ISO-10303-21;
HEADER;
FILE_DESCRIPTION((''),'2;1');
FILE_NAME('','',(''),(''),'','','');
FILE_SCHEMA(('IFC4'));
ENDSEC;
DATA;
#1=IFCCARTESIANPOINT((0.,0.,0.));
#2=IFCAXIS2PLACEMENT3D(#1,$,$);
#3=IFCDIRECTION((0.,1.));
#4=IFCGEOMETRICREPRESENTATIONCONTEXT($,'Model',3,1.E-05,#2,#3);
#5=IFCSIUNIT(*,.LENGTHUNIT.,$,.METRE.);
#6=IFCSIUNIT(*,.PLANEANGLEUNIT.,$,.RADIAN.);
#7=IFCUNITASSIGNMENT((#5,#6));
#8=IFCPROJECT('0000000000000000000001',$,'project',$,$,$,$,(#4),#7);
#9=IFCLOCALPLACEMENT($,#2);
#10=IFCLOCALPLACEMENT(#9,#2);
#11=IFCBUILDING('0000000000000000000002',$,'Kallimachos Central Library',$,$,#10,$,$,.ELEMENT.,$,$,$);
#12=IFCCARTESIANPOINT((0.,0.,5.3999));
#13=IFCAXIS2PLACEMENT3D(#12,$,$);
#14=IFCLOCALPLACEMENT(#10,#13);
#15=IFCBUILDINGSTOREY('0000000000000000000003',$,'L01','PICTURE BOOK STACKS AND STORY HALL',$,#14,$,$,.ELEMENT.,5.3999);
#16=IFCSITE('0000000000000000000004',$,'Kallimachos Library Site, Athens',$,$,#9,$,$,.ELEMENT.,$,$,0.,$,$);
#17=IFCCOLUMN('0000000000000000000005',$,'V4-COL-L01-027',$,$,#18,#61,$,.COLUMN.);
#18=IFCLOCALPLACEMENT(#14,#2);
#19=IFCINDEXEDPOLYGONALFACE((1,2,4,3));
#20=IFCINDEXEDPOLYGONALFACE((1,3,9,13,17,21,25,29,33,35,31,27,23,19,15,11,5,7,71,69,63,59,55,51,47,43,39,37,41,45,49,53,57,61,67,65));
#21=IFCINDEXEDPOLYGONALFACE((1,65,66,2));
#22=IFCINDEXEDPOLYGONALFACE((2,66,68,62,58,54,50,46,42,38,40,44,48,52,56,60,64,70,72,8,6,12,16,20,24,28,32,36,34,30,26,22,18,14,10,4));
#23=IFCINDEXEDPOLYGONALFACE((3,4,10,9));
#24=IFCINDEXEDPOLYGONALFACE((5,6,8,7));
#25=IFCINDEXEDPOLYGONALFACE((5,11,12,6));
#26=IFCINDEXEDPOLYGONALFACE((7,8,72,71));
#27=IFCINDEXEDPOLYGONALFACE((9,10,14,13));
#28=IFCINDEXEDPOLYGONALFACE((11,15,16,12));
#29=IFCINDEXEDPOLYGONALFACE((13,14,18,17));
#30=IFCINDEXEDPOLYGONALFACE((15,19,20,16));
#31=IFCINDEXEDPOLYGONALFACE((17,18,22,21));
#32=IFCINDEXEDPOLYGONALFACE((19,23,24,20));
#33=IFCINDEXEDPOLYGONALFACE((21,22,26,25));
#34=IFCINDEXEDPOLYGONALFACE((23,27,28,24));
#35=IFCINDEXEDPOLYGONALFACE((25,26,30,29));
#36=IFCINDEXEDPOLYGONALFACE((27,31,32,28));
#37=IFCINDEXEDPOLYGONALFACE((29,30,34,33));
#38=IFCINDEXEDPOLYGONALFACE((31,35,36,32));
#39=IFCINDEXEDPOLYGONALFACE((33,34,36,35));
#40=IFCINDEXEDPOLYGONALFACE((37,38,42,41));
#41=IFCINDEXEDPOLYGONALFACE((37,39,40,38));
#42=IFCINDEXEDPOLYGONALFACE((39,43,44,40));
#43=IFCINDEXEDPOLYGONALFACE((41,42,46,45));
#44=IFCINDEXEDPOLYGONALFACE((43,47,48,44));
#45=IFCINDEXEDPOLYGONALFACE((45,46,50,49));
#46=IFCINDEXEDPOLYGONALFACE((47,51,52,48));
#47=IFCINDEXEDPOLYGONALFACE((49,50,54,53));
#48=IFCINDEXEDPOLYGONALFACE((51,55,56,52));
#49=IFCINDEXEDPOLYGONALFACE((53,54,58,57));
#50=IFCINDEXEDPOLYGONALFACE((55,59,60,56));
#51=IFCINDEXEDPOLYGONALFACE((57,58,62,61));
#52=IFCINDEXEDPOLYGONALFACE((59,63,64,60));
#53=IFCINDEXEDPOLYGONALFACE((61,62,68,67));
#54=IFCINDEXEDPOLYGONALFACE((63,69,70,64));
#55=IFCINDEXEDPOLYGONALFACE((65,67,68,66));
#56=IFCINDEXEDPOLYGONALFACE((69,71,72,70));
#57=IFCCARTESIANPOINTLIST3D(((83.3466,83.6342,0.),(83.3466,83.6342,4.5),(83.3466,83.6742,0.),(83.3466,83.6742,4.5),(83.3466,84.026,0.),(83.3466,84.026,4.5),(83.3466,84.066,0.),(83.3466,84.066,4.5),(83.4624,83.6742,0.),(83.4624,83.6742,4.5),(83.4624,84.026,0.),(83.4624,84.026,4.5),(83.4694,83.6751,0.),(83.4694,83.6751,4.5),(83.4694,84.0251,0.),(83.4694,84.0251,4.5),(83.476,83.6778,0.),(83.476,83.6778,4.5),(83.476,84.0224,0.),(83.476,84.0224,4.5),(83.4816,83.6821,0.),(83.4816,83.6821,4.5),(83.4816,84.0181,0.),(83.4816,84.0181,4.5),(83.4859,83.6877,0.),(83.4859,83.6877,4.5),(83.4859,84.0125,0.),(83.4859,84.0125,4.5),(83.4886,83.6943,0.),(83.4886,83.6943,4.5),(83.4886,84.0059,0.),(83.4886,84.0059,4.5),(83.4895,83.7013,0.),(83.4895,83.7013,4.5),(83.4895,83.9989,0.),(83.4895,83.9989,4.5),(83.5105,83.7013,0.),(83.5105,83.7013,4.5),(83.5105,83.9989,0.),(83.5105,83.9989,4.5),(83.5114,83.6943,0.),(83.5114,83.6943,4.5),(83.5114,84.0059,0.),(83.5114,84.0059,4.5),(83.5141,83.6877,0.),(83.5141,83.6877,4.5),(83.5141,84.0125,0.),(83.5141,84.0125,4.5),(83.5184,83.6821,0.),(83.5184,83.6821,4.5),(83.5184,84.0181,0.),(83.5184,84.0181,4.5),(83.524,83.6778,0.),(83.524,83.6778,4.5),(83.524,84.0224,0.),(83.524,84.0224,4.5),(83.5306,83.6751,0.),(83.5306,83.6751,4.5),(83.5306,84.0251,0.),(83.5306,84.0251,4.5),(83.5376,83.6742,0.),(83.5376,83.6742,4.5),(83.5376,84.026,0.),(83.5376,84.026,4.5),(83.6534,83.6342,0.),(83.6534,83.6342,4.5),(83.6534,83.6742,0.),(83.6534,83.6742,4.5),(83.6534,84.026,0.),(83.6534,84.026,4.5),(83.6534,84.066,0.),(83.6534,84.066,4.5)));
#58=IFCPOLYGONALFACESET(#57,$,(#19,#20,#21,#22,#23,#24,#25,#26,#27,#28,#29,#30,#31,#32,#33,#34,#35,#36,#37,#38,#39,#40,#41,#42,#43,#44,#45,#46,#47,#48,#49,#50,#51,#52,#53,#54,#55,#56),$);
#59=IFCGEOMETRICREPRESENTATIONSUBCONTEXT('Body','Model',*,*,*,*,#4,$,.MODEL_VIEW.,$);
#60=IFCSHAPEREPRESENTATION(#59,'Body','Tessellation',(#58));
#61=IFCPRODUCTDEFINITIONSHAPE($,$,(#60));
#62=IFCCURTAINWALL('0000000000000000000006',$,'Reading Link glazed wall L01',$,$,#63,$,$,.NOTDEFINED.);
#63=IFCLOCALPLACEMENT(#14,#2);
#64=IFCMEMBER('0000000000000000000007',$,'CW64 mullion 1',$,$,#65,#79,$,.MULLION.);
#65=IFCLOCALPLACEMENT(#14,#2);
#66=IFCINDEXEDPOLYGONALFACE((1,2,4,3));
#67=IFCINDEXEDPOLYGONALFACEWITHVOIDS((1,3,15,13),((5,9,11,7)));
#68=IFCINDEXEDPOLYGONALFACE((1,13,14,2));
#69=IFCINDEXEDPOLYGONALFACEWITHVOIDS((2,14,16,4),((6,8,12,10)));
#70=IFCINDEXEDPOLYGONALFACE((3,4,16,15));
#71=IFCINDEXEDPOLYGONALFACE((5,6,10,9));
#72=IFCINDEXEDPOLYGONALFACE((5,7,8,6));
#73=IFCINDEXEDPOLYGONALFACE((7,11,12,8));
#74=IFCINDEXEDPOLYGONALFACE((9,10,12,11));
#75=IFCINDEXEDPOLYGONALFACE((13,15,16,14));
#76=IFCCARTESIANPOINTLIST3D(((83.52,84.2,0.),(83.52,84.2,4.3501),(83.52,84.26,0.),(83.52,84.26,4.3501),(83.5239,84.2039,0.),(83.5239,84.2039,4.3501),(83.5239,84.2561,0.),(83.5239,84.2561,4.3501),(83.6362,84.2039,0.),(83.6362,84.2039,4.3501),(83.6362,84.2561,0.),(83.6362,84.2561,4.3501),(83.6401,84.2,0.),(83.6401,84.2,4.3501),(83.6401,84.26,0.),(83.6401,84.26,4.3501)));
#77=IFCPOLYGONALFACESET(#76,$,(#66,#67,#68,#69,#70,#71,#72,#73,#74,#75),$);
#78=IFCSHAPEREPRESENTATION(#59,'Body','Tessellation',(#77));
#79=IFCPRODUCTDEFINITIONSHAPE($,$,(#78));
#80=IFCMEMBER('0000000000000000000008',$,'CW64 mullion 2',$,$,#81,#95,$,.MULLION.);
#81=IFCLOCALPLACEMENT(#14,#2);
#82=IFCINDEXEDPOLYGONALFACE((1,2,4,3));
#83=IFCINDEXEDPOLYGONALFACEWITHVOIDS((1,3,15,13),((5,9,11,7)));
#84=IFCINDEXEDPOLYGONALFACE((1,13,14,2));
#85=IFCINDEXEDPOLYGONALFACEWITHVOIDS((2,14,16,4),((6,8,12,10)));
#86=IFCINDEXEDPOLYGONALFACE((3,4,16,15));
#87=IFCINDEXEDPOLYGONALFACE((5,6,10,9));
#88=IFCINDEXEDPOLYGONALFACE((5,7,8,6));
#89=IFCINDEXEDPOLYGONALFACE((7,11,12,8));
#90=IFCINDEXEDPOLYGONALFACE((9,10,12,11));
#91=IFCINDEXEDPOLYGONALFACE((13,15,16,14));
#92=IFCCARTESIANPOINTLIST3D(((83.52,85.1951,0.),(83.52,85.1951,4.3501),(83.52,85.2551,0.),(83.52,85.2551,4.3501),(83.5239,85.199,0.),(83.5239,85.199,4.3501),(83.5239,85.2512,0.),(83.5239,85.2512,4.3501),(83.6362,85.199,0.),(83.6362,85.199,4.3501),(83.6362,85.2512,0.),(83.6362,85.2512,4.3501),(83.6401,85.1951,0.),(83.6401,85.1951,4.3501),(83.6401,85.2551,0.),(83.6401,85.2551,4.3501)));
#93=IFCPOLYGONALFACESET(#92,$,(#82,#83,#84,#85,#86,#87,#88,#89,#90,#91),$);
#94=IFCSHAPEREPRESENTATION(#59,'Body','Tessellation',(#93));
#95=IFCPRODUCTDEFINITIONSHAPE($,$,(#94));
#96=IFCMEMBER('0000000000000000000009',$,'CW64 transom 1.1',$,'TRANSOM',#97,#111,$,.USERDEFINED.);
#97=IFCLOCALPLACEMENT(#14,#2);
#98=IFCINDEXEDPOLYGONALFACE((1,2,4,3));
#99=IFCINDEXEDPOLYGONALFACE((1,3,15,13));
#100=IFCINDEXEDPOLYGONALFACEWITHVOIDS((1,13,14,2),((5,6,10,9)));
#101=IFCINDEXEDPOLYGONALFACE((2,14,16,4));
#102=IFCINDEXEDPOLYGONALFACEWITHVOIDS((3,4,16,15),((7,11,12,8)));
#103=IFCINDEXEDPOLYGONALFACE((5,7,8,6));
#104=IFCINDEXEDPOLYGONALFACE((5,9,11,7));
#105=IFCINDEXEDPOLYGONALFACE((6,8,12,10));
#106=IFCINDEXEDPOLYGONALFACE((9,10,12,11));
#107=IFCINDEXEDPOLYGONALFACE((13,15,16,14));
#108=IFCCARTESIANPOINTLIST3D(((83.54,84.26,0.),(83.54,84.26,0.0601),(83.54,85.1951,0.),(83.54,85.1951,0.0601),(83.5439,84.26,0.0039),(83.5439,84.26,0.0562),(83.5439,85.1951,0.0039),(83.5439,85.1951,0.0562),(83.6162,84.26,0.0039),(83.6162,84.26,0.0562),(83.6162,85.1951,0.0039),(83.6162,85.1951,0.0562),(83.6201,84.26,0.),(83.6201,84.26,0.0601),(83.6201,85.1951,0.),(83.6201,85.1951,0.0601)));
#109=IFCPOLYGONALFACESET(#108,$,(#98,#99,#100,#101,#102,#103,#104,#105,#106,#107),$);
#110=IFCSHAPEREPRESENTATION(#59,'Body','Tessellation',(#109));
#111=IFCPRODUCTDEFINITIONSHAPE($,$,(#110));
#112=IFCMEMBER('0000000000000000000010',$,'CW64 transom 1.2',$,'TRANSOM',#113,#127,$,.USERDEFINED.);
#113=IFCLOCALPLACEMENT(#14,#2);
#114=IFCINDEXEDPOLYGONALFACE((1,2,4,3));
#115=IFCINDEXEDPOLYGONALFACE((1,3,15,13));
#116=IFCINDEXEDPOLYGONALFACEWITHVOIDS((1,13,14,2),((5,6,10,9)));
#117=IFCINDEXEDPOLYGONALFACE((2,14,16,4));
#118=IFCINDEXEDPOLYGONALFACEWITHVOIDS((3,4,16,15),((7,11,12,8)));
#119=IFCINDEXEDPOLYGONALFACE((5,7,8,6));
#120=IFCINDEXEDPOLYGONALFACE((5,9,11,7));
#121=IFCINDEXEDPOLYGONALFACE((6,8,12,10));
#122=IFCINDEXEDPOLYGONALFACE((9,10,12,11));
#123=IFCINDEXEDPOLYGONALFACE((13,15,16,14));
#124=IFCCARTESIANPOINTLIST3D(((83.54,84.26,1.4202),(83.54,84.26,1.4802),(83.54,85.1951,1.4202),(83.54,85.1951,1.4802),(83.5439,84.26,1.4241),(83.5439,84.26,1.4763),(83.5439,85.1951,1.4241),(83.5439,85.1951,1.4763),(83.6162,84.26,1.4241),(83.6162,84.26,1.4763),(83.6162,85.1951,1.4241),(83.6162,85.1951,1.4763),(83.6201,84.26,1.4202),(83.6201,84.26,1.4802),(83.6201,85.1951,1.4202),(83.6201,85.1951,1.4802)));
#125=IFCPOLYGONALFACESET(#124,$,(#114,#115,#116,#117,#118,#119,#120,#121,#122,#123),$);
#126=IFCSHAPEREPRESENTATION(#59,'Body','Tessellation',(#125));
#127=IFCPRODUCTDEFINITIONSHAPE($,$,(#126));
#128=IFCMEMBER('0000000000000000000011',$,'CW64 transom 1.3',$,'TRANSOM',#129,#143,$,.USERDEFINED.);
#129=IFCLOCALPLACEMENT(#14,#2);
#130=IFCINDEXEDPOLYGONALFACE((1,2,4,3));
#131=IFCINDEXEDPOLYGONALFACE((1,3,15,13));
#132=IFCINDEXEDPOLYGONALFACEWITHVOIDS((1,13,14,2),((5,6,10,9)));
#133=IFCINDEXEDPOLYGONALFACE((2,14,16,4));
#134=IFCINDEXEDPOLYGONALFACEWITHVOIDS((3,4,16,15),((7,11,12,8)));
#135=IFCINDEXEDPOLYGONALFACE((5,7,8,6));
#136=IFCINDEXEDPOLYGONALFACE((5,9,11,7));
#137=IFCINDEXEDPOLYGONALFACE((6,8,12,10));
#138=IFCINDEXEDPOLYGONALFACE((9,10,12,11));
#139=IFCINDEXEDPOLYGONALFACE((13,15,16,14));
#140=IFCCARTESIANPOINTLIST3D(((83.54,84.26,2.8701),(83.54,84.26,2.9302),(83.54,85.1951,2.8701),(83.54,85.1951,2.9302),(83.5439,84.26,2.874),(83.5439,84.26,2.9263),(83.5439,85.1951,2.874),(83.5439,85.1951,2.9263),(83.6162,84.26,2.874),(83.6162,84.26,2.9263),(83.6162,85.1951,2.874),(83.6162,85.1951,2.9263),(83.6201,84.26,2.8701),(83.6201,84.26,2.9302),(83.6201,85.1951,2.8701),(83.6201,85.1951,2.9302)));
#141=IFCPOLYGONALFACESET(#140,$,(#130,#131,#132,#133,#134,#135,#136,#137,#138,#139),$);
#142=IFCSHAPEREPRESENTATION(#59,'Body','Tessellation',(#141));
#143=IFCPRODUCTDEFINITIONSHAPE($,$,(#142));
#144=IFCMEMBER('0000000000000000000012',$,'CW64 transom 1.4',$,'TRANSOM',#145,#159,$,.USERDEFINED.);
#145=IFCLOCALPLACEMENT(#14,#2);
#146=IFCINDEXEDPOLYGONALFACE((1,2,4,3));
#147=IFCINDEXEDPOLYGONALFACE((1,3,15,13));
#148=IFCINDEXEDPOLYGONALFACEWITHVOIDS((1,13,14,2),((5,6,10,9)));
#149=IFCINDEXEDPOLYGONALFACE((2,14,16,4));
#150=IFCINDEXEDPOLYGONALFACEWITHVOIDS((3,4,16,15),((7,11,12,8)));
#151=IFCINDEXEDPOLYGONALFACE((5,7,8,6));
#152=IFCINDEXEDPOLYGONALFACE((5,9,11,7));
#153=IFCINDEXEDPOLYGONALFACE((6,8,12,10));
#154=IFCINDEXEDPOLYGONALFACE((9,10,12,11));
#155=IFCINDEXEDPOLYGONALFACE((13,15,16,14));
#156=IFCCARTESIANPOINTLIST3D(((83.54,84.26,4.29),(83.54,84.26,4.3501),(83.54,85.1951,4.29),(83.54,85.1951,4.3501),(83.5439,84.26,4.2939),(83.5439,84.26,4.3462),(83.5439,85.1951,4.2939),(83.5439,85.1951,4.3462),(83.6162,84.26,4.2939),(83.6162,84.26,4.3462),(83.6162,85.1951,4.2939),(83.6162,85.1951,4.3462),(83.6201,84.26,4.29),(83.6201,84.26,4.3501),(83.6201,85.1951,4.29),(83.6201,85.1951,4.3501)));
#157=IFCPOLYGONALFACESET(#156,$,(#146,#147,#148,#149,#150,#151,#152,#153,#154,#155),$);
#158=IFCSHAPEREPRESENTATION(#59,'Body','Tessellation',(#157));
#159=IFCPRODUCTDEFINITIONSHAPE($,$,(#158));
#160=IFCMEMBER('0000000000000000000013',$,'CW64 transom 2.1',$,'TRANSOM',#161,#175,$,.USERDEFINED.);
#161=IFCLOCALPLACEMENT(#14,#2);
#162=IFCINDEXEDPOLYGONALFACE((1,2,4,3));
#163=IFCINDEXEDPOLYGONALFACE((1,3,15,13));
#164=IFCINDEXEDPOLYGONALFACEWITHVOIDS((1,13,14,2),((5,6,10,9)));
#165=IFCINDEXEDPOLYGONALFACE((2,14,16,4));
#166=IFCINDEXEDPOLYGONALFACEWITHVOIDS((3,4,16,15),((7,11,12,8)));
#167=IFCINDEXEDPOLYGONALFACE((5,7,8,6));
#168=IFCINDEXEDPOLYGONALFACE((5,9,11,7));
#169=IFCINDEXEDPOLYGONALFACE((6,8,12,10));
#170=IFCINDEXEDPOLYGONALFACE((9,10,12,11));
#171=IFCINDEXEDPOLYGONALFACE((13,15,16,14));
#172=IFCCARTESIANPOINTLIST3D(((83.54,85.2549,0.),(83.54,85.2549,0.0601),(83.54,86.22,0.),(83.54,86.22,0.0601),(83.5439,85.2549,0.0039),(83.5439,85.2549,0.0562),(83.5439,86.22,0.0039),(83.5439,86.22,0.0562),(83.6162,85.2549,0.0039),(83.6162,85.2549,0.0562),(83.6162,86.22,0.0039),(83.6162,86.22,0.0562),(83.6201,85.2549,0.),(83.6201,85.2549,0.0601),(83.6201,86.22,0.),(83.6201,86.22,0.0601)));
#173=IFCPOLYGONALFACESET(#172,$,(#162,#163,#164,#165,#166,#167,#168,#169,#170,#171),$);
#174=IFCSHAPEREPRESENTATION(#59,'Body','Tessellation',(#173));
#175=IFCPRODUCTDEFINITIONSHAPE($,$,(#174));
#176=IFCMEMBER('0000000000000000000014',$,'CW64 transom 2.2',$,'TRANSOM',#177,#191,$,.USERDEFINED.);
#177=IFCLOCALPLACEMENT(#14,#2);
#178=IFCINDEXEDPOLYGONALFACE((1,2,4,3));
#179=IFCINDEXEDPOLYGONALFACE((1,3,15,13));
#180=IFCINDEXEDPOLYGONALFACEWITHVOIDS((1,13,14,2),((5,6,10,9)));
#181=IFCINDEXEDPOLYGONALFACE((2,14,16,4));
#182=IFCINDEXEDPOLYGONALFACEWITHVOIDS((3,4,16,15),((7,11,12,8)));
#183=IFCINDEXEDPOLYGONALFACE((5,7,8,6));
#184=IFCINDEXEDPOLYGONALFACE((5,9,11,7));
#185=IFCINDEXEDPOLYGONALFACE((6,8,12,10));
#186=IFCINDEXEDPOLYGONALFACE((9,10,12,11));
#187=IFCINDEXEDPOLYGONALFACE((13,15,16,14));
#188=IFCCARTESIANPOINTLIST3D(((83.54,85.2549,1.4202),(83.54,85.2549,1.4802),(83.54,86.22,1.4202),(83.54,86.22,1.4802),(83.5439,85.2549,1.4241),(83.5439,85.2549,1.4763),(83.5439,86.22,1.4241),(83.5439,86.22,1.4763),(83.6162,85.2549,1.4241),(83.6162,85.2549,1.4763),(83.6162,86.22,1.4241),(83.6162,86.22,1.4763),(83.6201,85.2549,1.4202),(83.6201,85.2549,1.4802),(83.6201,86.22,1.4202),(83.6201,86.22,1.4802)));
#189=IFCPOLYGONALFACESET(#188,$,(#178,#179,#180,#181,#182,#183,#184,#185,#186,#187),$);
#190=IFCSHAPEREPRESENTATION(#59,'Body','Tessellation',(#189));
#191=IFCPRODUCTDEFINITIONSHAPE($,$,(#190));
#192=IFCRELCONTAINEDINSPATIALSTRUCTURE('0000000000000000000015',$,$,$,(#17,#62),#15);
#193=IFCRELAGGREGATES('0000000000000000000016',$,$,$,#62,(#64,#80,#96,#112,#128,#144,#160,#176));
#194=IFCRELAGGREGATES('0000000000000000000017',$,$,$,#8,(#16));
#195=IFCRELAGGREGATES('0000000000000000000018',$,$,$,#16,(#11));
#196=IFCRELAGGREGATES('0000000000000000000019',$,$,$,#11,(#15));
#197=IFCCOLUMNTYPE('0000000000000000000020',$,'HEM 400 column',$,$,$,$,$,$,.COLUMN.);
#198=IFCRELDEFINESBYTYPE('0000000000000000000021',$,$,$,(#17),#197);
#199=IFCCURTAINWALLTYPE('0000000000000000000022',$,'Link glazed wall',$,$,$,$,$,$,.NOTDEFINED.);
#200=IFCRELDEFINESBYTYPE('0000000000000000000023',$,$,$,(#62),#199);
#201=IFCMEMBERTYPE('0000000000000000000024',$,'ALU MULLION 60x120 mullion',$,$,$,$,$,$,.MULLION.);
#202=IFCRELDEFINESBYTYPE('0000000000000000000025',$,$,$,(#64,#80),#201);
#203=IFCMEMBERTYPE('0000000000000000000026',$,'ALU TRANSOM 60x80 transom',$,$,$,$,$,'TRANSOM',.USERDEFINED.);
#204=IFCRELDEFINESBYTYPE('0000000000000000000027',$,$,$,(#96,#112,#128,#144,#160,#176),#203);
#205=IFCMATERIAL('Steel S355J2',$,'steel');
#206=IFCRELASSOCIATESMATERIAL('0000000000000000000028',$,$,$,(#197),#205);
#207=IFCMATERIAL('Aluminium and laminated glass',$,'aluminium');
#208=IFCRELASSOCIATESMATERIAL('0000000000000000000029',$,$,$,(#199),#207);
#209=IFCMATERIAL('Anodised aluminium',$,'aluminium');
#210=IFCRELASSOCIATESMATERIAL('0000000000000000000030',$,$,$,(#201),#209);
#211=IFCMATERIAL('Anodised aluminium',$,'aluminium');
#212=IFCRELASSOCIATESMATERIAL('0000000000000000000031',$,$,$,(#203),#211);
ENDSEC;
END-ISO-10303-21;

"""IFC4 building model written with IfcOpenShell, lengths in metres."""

from ifc_helpers import new_model, si_unit, direction, frame, origin, origin_2d, place, context, subcontext, project, spatial, hollow_rectangle, i_section, extrude, material, material_profile, profile_set, type_object, element, aggregate, save


model = new_model("IFC4")

# Units and contexts
model_context = context("Model", 3, precision=1e-05, world=origin(), true_north=direction((0.0, 1.0)))
body_context = subcontext(model_context, "Body", "Model", "MODEL_VIEW")
ifc_project = project(units=[si_unit("LENGTHUNIT", "METRE"), si_unit("PLANEANGLEUNIT", "RADIAN")], contexts=[model_context])

# Site, building, storey
site_placement = place(None, origin())
site = spatial("IfcSite", under=ifc_project, at=site_placement, Name="Kallimachos Library Site, Athens", CompositionType="ELEMENT", RefElevation=0.0)
building_placement = place(site_placement, origin())
building = spatial("IfcBuilding", under=site, at=building_placement, Name="Kallimachos Central Library", CompositionType="ELEMENT")
storey_placement = place(building_placement, frame((0.0, 0.0, 5.3999)))
storey = spatial("IfcBuildingStorey", under=building, at=storey_placement, Name="L01", Description="PICTURE BOOK STACKS AND STORY HALL", CompositionType="ELEMENT", Elevation=5.3999)

# Column
ifc_material_1 = material(Name="Steel S355J2", Category="steel")
ifc_material_profile_1 = material_profile(ifc_material_1, i_section(OverallWidth=0.3069, OverallDepth=0.4319, WebThickness=0.021, FlangeThickness=0.04, FilletRadius=0.0271, at=origin_2d()), Name="HEM 400")
ifc_profile_set_1 = profile_set([ifc_material_profile_1], Name="Steel S355J2")
column_type = type_object("IfcColumnType", Name="HEM 400 column", PredefinedType="COLUMN", material=ifc_profile_set_1)
column_placement = place(storey_placement, frame((83.5, 83.8501, 0.0), z_axis=(0.0, 0.0, 1.0), x_axis=(1.0, 0.0, 0.0)))
element("IfcColumn", 1, at=column_placement, inside=storey, type_object=column_type, Name="V4-COL-L01-027", PredefinedType="COLUMN", context=body_context, shape_type="SweptSolid", body=[
    extrude(i_section(OverallWidth=0.3069, OverallDepth=0.4319, WebThickness=0.021, FlangeThickness=0.04, FilletRadius=0.0271, at=origin_2d()), origin(), (0.0, 0.0, 1.0), 4.5),
])

# Curtain wall, members
ifc_material_2 = material(Name="Aluminium and laminated glass", Category="aluminium")
curtain_wall_type_1 = type_object("IfcCurtainWallType", Name="Link glazed wall", PredefinedType="NOTDEFINED", material=ifc_material_2)
curtain_wall_1_placement = place(storey_placement, origin())
curtain_wall_1 = element("IfcCurtainWall", 2, at=curtain_wall_1_placement, inside=storey, type_object=curtain_wall_type_1, Name="Reading Link glazed wall L01", PredefinedType="NOTDEFINED")
ifc_material_3 = material(Name="Anodised aluminium", Category="aluminium")
ifc_material_profile_2 = material_profile(ifc_material_3, hollow_rectangle(XDim=0.0601, YDim=0.1201, WallThickness=0.0039, at=origin_2d()), Name="ALU MULLION 60x120")
ifc_profile_set_2 = profile_set([ifc_material_profile_2], Name="Anodised aluminium")
member_type_1 = type_object("IfcMemberType", Name="ALU MULLION 60x120 mullion", PredefinedType="MULLION", material=ifc_profile_set_2)
member_1_placement = place(storey_placement, frame((83.5801, 84.23, 0.0), z_axis=(0.0, 0.0, 1.0), x_axis=(0.0, 1.0, 0.0)))
member_1 = element("IfcMember", 3, at=member_1_placement, type_object=member_type_1, Name="CW64 mullion 1", PredefinedType="MULLION", context=body_context, shape_type="SweptSolid", body=[
    extrude(hollow_rectangle(XDim=0.0601, YDim=0.1201, WallThickness=0.0039, at=origin_2d()), origin(), (0.0, 0.0, 1.0), 4.3501),
])
member_2_placement = place(storey_placement, frame((83.5801, 85.2251, 0.0), z_axis=(0.0, 0.0, 1.0), x_axis=(0.0, 1.0, 0.0)))
member_2 = element("IfcMember", 4, at=member_2_placement, type_object=member_type_1, Name="CW64 mullion 2", PredefinedType="MULLION", context=body_context, shape_type="SweptSolid", body=[
    extrude(hollow_rectangle(XDim=0.0601, YDim=0.1201, WallThickness=0.0039, at=origin_2d()), origin(), (0.0, 0.0, 1.0), 4.3501),
])
ifc_material_4 = material(Name="Anodised aluminium", Category="aluminium")
ifc_material_profile_3 = material_profile(ifc_material_4, hollow_rectangle(XDim=0.0601, YDim=0.0801, WallThickness=0.0039, at=origin_2d()), Name="ALU TRANSOM 60x80")
ifc_profile_set_3 = profile_set([ifc_material_profile_3], Name="Anodised aluminium")
member_type_2 = type_object("IfcMemberType", Name="ALU TRANSOM 60x80 transom", ElementType="TRANSOM", PredefinedType="USERDEFINED", material=ifc_profile_set_3)
member_3_placement = place(storey_placement, frame((83.5801, 84.26, 0.03), z_axis=(0.0, 1.0, 0.0), x_axis=(0.0, 0.0, 1.0)))
member_3 = element("IfcMember", 5, at=member_3_placement, type_object=member_type_2, Name="CW64 transom 1.1", ObjectType="TRANSOM", PredefinedType="USERDEFINED", context=body_context, shape_type="SweptSolid", body=[
    extrude(hollow_rectangle(XDim=0.0601, YDim=0.0801, WallThickness=0.0039, at=origin_2d()), origin(), (0.0, 0.0, 1.0), 0.9351),
])
member_4_placement = place(storey_placement, frame((83.5801, 84.26, 1.4502), z_axis=(0.0, 1.0, 0.0), x_axis=(0.0, 0.0, 1.0)))
member_4 = element("IfcMember", 6, at=member_4_placement, type_object=member_type_2, Name="CW64 transom 1.2", ObjectType="TRANSOM", PredefinedType="USERDEFINED", context=body_context, shape_type="SweptSolid", body=[
    extrude(hollow_rectangle(XDim=0.0601, YDim=0.0801, WallThickness=0.0039, at=origin_2d()), origin(), (0.0, 0.0, 1.0), 0.9351),
])
member_5_placement = place(storey_placement, frame((83.5801, 84.26, 2.9001), z_axis=(0.0, 1.0, 0.0), x_axis=(0.0, 0.0, 1.0)))
member_5 = element("IfcMember", 7, at=member_5_placement, type_object=member_type_2, Name="CW64 transom 1.3", ObjectType="TRANSOM", PredefinedType="USERDEFINED", context=body_context, shape_type="SweptSolid", body=[
    extrude(hollow_rectangle(XDim=0.0601, YDim=0.0801, WallThickness=0.0039, at=origin_2d()), origin(), (0.0, 0.0, 1.0), 0.9351),
])
member_6_placement = place(storey_placement, frame((83.5801, 84.26, 4.3201), z_axis=(0.0, 1.0, 0.0), x_axis=(0.0, 0.0, 1.0)))
member_6 = element("IfcMember", 8, at=member_6_placement, type_object=member_type_2, Name="CW64 transom 1.4", ObjectType="TRANSOM", PredefinedType="USERDEFINED", context=body_context, shape_type="SweptSolid", body=[
    extrude(hollow_rectangle(XDim=0.0601, YDim=0.0801, WallThickness=0.0039, at=origin_2d()), origin(), (0.0, 0.0, 1.0), 0.9351),
])
member_7_placement = place(storey_placement, frame((83.5801, 85.2549, 0.03), z_axis=(0.0, 1.0, 0.0), x_axis=(0.0, 0.0, 1.0)))
member_7 = element("IfcMember", 9, at=member_7_placement, type_object=member_type_2, Name="CW64 transom 2.1", ObjectType="TRANSOM", PredefinedType="USERDEFINED", context=body_context, shape_type="SweptSolid", body=[
    extrude(hollow_rectangle(XDim=0.0601, YDim=0.0801, WallThickness=0.0039, at=origin_2d()), origin(), (0.0, 0.0, 1.0), 0.9651),
])
member_8_placement = place(storey_placement, frame((83.5801, 85.2549, 1.4502), z_axis=(0.0, 1.0, 0.0), x_axis=(0.0, 0.0, 1.0)))
member_8 = element("IfcMember", 10, at=member_8_placement, type_object=member_type_2, Name="CW64 transom 2.2", ObjectType="TRANSOM", PredefinedType="USERDEFINED", context=body_context, shape_type="SweptSolid", body=[
    extrude(hollow_rectangle(XDim=0.0601, YDim=0.0801, WallThickness=0.0039, at=origin_2d()), origin(), (0.0, 0.0, 1.0), 0.9651),
])

aggregate(curtain_wall_1, [member_1, member_2, member_3, member_4, member_5, member_6, member_7, member_8])

save(model, "model.ifc")
